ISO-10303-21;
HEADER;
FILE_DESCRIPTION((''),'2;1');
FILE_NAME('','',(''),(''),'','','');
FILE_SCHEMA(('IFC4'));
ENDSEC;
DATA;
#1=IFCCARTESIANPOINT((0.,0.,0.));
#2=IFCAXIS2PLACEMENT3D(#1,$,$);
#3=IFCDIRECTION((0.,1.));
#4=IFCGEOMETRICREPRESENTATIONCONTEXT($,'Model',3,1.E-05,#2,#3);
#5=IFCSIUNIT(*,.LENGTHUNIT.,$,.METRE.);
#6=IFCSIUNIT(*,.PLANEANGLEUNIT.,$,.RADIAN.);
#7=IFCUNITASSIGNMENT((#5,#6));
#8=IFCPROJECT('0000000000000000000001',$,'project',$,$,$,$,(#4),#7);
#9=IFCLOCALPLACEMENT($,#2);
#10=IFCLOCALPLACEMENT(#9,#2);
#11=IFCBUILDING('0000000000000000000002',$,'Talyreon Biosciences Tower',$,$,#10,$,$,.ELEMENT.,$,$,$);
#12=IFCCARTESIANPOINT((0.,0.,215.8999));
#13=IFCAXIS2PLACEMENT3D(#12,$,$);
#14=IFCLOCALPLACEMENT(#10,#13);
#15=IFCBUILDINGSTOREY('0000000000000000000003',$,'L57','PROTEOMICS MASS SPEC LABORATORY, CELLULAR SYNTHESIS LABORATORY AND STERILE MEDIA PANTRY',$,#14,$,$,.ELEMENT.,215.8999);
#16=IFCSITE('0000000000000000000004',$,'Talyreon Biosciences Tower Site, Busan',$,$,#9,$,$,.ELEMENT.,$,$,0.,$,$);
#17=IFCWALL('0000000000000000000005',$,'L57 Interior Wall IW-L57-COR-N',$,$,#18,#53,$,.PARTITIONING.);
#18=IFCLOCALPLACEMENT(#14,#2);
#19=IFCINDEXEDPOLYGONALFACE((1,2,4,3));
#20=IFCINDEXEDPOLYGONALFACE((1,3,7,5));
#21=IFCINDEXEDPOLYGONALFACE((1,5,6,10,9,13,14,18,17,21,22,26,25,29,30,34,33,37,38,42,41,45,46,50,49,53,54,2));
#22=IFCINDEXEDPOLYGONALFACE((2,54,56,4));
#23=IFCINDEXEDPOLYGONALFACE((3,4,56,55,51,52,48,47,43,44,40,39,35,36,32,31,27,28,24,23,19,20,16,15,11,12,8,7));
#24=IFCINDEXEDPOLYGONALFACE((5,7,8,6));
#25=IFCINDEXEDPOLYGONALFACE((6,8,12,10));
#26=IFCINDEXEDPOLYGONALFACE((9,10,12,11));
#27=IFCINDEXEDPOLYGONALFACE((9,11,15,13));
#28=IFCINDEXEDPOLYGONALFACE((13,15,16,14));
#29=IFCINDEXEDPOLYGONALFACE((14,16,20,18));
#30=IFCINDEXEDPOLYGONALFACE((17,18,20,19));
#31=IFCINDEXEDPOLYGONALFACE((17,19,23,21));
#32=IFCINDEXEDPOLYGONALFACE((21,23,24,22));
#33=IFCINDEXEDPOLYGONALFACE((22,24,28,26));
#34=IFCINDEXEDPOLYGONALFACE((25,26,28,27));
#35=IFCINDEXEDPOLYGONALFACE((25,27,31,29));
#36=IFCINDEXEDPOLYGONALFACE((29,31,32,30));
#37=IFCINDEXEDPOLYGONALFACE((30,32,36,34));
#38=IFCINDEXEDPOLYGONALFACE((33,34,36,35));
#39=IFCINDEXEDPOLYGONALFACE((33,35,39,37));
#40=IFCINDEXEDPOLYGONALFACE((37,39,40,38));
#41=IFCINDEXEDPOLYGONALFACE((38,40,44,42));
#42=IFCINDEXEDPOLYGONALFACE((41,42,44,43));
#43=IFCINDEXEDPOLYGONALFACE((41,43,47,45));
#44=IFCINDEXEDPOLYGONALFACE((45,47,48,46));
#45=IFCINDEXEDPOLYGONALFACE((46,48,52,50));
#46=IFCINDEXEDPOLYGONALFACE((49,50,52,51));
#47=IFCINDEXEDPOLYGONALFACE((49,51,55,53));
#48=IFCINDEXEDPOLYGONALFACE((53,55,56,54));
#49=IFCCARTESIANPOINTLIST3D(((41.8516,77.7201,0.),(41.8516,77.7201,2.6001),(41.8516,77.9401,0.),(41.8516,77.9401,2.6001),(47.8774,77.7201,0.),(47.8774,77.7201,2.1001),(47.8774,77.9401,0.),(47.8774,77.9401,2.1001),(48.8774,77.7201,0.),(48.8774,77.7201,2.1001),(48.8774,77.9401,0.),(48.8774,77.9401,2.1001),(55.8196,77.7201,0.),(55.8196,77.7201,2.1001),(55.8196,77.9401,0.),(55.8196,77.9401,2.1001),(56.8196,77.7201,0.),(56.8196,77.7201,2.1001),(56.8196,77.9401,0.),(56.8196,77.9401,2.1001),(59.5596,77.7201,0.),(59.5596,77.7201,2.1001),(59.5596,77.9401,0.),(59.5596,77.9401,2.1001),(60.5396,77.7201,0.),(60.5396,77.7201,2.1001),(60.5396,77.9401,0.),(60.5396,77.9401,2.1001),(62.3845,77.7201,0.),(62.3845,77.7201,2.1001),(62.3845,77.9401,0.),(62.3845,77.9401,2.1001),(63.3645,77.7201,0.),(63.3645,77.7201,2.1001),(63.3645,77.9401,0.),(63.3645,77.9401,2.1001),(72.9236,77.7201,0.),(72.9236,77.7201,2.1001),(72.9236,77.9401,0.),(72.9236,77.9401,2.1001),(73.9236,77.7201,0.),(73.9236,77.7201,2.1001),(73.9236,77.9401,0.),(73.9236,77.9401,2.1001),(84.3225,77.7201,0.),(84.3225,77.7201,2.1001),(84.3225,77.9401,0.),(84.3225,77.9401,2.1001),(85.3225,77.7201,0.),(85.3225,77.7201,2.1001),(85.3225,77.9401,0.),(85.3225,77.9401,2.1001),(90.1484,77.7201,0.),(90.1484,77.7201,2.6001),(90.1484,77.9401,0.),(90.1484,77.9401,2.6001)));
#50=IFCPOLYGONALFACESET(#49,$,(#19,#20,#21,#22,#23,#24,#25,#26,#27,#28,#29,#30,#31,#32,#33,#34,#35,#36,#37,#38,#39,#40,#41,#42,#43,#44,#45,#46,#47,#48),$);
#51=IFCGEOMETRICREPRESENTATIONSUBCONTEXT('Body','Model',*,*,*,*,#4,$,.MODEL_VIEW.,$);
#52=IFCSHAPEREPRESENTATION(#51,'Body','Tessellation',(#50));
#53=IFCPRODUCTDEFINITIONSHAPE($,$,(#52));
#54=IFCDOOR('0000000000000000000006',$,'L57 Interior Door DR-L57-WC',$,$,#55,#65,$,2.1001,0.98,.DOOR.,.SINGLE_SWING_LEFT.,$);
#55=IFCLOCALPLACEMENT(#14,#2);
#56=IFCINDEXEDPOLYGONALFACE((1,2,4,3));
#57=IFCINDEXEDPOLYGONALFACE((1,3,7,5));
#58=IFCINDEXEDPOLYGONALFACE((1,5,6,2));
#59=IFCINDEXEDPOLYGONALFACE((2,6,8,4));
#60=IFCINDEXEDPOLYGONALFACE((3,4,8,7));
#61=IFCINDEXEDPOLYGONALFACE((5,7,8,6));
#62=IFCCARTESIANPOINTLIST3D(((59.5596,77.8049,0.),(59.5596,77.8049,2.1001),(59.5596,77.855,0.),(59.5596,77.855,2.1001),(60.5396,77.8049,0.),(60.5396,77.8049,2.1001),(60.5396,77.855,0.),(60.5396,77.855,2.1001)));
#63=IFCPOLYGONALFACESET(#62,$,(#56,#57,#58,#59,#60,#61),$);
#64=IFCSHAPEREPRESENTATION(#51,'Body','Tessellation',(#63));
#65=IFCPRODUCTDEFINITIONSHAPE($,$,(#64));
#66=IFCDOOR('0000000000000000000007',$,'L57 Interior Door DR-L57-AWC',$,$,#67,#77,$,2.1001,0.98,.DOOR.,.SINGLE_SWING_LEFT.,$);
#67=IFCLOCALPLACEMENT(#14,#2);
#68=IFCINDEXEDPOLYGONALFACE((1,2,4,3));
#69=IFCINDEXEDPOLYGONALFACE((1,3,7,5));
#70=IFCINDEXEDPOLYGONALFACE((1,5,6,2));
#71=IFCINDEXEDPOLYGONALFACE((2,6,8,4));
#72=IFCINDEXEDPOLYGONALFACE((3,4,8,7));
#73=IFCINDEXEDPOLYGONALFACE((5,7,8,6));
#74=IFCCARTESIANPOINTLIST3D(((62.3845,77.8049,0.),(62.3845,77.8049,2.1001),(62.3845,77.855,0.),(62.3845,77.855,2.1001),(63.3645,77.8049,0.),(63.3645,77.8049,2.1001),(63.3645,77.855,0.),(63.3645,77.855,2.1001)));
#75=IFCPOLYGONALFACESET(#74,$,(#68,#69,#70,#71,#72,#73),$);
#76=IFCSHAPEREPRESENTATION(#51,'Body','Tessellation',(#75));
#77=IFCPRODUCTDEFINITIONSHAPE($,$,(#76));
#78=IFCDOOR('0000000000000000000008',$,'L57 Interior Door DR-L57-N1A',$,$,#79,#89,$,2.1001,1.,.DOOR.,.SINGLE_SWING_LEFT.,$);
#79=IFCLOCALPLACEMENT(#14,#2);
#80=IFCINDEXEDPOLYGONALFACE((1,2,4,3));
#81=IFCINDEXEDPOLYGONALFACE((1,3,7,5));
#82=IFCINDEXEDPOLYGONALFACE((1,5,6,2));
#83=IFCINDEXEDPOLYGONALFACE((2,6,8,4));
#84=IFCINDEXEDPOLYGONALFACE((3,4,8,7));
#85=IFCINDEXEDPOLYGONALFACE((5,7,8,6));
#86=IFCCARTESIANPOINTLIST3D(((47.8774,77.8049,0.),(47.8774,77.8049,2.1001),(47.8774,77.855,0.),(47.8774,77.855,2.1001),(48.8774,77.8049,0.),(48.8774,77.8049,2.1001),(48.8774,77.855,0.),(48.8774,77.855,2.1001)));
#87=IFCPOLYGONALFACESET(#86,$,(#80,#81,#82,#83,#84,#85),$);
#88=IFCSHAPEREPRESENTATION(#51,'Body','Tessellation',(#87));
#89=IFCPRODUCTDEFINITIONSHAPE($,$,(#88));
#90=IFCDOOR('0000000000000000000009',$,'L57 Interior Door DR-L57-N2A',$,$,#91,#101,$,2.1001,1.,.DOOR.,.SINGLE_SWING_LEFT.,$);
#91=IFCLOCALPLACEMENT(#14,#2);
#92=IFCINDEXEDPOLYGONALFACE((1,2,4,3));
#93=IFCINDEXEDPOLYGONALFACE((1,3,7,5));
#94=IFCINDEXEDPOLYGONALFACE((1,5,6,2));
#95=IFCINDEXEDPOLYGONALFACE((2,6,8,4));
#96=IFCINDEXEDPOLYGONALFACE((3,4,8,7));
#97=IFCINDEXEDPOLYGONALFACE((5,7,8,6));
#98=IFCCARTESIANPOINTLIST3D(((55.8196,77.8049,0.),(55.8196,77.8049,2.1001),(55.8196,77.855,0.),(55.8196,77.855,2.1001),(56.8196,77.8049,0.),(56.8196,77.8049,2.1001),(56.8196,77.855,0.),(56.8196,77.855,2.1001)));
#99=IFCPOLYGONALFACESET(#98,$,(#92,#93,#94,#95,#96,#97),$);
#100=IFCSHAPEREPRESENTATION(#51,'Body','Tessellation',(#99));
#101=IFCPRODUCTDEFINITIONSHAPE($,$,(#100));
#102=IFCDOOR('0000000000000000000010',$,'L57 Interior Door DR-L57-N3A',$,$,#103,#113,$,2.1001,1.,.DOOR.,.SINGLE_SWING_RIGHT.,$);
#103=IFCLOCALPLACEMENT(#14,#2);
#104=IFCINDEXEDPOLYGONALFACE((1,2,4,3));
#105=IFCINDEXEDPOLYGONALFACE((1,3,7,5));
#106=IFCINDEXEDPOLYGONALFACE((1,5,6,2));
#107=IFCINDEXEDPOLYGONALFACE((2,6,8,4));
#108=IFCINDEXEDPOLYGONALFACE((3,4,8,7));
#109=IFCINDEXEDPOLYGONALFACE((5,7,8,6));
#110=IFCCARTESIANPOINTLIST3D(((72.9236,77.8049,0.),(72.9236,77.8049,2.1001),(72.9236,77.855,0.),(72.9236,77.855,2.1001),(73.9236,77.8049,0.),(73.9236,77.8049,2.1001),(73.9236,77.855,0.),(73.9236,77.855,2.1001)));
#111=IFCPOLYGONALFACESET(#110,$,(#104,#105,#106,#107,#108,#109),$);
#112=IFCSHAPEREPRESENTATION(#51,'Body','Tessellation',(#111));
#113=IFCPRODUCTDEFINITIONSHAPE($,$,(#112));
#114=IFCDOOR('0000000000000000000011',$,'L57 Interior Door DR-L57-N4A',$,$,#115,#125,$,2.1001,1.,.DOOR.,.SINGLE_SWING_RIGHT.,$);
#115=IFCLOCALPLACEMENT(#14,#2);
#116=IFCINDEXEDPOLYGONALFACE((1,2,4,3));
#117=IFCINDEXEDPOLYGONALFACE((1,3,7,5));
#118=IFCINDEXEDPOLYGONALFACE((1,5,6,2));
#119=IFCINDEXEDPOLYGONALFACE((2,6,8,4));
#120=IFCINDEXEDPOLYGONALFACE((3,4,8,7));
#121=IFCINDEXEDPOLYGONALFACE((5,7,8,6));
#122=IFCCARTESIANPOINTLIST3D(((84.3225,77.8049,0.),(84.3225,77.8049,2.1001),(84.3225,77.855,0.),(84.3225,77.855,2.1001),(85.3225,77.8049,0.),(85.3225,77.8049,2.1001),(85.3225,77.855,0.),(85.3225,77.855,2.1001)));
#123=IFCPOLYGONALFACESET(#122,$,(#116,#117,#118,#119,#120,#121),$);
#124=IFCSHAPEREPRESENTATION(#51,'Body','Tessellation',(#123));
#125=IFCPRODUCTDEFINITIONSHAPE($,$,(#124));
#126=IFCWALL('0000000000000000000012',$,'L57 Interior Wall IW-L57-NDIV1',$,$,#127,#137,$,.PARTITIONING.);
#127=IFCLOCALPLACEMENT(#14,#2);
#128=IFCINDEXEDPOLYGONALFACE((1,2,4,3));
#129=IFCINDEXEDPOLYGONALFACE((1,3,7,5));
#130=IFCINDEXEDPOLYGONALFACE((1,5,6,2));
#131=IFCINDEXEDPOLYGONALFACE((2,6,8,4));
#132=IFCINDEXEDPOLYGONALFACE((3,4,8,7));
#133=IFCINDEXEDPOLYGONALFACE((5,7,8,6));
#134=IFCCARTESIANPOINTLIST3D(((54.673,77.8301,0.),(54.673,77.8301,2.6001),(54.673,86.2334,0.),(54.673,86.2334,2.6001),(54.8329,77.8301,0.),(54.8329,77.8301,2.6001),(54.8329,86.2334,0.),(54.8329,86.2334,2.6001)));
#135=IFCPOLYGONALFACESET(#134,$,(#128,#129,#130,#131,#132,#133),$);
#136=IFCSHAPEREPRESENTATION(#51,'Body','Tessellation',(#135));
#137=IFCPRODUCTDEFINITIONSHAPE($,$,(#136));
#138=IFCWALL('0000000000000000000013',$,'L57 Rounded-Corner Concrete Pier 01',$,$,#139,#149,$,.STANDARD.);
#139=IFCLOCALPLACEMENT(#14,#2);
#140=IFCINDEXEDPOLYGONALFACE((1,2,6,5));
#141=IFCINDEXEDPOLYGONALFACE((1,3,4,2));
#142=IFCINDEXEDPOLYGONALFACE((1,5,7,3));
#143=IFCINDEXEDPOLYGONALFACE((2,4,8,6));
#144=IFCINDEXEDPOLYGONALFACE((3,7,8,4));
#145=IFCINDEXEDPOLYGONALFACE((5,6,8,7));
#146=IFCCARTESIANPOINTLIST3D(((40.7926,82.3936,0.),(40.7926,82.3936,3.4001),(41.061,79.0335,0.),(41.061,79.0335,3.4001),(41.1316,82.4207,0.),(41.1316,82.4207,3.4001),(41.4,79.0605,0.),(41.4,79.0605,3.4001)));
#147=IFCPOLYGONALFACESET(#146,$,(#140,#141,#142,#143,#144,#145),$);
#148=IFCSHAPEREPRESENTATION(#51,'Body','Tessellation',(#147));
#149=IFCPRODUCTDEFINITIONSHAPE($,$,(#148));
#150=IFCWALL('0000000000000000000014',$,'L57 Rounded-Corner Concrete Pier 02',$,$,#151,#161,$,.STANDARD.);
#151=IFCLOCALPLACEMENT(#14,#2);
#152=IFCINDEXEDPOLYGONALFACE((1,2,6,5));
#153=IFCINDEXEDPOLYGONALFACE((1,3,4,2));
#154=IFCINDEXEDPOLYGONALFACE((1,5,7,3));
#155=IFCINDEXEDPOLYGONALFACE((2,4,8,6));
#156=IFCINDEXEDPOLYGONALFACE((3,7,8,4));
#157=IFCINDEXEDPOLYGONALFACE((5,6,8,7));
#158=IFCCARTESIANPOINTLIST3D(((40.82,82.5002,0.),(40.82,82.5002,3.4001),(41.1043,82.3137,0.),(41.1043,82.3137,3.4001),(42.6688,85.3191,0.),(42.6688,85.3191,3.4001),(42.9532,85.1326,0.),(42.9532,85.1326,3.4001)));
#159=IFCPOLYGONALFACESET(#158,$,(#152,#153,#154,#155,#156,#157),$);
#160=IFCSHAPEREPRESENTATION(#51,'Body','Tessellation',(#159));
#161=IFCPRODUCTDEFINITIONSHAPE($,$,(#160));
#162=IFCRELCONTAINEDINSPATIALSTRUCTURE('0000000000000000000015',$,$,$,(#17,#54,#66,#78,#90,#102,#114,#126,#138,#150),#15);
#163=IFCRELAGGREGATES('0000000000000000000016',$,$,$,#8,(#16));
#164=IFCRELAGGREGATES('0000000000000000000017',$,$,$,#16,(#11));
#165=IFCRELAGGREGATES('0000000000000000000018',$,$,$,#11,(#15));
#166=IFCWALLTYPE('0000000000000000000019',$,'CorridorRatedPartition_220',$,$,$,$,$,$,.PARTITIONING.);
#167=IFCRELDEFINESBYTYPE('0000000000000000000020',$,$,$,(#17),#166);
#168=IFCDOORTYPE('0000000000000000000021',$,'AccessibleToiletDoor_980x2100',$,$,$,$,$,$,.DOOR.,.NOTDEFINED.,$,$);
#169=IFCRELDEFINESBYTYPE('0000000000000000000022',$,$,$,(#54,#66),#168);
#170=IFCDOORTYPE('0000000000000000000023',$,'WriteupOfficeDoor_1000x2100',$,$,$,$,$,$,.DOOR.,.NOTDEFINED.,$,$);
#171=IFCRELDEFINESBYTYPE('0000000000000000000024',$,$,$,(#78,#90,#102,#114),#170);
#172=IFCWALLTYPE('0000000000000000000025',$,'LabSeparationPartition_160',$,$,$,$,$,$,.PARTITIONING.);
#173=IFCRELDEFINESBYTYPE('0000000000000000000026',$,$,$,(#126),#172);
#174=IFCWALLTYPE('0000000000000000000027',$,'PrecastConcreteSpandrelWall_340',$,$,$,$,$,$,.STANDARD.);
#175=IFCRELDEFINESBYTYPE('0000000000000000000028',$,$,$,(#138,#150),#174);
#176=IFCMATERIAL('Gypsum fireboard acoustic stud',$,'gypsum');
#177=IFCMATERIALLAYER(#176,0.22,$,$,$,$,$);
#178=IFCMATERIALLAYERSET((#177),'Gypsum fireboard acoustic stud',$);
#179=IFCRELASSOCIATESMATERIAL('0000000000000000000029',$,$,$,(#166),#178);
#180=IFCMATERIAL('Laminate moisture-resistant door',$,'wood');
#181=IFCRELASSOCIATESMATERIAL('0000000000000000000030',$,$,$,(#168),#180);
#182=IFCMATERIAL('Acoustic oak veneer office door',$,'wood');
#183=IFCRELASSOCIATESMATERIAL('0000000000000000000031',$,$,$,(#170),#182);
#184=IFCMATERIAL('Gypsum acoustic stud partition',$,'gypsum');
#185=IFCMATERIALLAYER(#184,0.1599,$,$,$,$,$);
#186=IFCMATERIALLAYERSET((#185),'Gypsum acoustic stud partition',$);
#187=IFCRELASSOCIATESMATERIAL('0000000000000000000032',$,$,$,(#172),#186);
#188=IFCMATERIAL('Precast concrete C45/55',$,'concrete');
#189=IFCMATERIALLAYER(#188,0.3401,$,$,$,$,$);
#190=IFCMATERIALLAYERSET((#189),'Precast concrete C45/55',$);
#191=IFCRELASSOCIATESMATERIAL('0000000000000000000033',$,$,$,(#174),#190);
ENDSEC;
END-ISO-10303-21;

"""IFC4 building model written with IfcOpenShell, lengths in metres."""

from ifc_helpers import new_model, si_unit, direction, frame, frame_2d, origin, place, context, subcontext, project, spatial, rectangle, extrude, material, layer, layer_set, type_object, element, fill, save


model = new_model("IFC4")

# Units and contexts
model_context = context("Model", 3, precision=1e-05, world=origin(), true_north=direction((0.0, 1.0)))
body_context = subcontext(model_context, "Body", "Model", "MODEL_VIEW")
ifc_project = project(units=[si_unit("LENGTHUNIT", "METRE"), si_unit("PLANEANGLEUNIT", "RADIAN")], contexts=[model_context])

# Site, building, storey
site_placement = place(None, origin())
site = spatial("IfcSite", under=ifc_project, at=site_placement, Name="Talyreon Biosciences Tower Site, Busan", CompositionType="ELEMENT", RefElevation=0.0)
building_placement = place(site_placement, origin())
building = spatial("IfcBuilding", under=site, at=building_placement, Name="Talyreon Biosciences Tower", CompositionType="ELEMENT")
storey_placement = place(building_placement, frame((0.0, 0.0, 215.8999)))
storey = spatial("IfcBuildingStorey", under=building, at=storey_placement, Name="L57", Description="PROTEOMICS MASS SPEC LABORATORY, CELLULAR SYNTHESIS LABORATORY AND STERILE MEDIA PANTRY", CompositionType="ELEMENT", Elevation=215.8999)

# Shared definitions
ifc_material_1 = material(Name="Precast concrete C45/55", Category="concrete")

# Wall, openings, doors
ifc_material_2 = material(Name="Gypsum fireboard acoustic stud", Category="gypsum")
ifc_layer_1 = layer(ifc_material_2, 0.22)
ifc_layer_set_1 = layer_set([ifc_layer_1], Name="Gypsum fireboard acoustic stud")
wall_type_1 = type_object("IfcWallType", Name="CorridorRatedPartition_220", PredefinedType="PARTITIONING", material=ifc_layer_set_1)
wall_1_placement = place(storey_placement, frame((41.8516, 77.8301, 0.0), z_axis=(0.0, 0.0, 1.0), x_axis=(1.0, 0.0, 0.0)))
wall_1 = element("IfcWall", 1, at=wall_1_placement, inside=storey, type_object=wall_type_1, Name="L57 Interior Wall IW-L57-COR-N", PredefinedType="PARTITIONING", context=body_context, shape_type="SweptSolid", body=[
    extrude(rectangle(XDim=48.2969, YDim=0.22, at=frame_2d((24.1484, 0.0))), origin(), (0.0, 0.0, 1.0), 2.6001),
])
opening_1_placement = place(wall_1_placement, frame((17.708, 0.0, 0.0)))
opening_1 = element("IfcOpeningElement", 2, at=opening_1_placement, cuts=wall_1, PredefinedType="OPENING", context=body_context, shape_type="SweptSolid", body=[
    extrude(rectangle(XDim=0.98, YDim=2.1001, at=frame_2d((0.49, 1.05))), frame((0.0, 0.1199, 0.0), z_axis=(0.0, -1.0, 0.0), x_axis=(1.0, 0.0, 0.0)), (0.0, 0.0, 1.0), 0.24),
])
opening_2_placement = place(wall_1_placement, frame((20.533, 0.0, 0.0)))
opening_2 = element("IfcOpeningElement", 3, at=opening_2_placement, cuts=wall_1, PredefinedType="OPENING", context=body_context, shape_type="SweptSolid", body=[
    extrude(rectangle(XDim=0.98, YDim=2.1001, at=frame_2d((0.49, 1.05))), frame((0.0, 0.1199, 0.0), z_axis=(0.0, -1.0, 0.0), x_axis=(1.0, 0.0, 0.0)), (0.0, 0.0, 1.0), 0.24),
])
opening_3_placement = place(wall_1_placement, frame((6.0259, 0.0, 0.0)))
opening_3 = element("IfcOpeningElement", 4, at=opening_3_placement, cuts=wall_1, PredefinedType="OPENING", context=body_context, shape_type="SweptSolid", body=[
    extrude(rectangle(XDim=1.0, YDim=2.1001, at=frame_2d((0.5, 1.05))), frame((0.0, 0.1199, 0.0), z_axis=(0.0, -1.0, 0.0), x_axis=(1.0, 0.0, 0.0)), (0.0, 0.0, 1.0), 0.24),
])
opening_4_placement = place(wall_1_placement, frame((13.968, 0.0, 0.0)))
opening_4 = element("IfcOpeningElement", 5, at=opening_4_placement, cuts=wall_1, PredefinedType="OPENING", context=body_context, shape_type="SweptSolid", body=[
    extrude(rectangle(XDim=1.0, YDim=2.1001, at=frame_2d((0.5, 1.05))), frame((0.0, 0.1199, 0.0), z_axis=(0.0, -1.0, 0.0), x_axis=(1.0, 0.0, 0.0)), (0.0, 0.0, 1.0), 0.24),
])
opening_5_placement = place(wall_1_placement, frame((31.072, 0.0, 0.0)))
opening_5 = element("IfcOpeningElement", 6, at=opening_5_placement, cuts=wall_1, PredefinedType="OPENING", context=body_context, shape_type="SweptSolid", body=[
    extrude(rectangle(XDim=1.0, YDim=2.1001, at=frame_2d((0.5, 1.05))), frame((0.0, 0.1199, 0.0), z_axis=(0.0, -1.0, 0.0), x_axis=(1.0, 0.0, 0.0)), (0.0, 0.0, 1.0), 0.24),
])
opening_6_placement = place(wall_1_placement, frame((42.4709, 0.0, 0.0)))
opening_6 = element("IfcOpeningElement", 7, at=opening_6_placement, cuts=wall_1, PredefinedType="OPENING", context=body_context, shape_type="SweptSolid", body=[
    extrude(rectangle(XDim=1.0, YDim=2.1001, at=frame_2d((0.5, 1.05))), frame((0.0, 0.1199, 0.0), z_axis=(0.0, -1.0, 0.0), x_axis=(1.0, 0.0, 0.0)), (0.0, 0.0, 1.0), 0.24),
])
ifc_material_3 = material(Name="Laminate moisture-resistant door", Category="wood")
door_type_1 = type_object("IfcDoorType", Name="AccessibleToiletDoor_980x2100", OperationType="NOTDEFINED", PredefinedType="DOOR", material=ifc_material_3)
door_1_placement = place(opening_1_placement, origin())
door_1 = element("IfcDoor", 8, at=door_1_placement, inside=storey, type_object=door_type_1, Name="L57 Interior Door DR-L57-WC", OperationType="SINGLE_SWING_LEFT", OverallHeight=2.1001, OverallWidth=0.98, PredefinedType="DOOR", context=body_context, shape_type="SweptSolid", body=[
    extrude(rectangle(XDim=0.98, YDim=2.1001, at=frame_2d((0.49, 1.05))), frame((0.0, 0.0249, 0.0), z_axis=(0.0, -1.0, 0.0), x_axis=(1.0, 0.0, 0.0)), (0.0, 0.0, 1.0), 0.05),
])
fill(opening_1, door_1)
door_2_placement = place(opening_2_placement, origin())
door_2 = element("IfcDoor", 9, at=door_2_placement, inside=storey, type_object=door_type_1, Name="L57 Interior Door DR-L57-AWC", OperationType="SINGLE_SWING_LEFT", OverallHeight=2.1001, OverallWidth=0.98, PredefinedType="DOOR", context=body_context, shape_type="SweptSolid", body=[
    extrude(rectangle(XDim=0.98, YDim=2.1001, at=frame_2d((0.49, 1.05))), frame((0.0, 0.0249, 0.0), z_axis=(0.0, -1.0, 0.0), x_axis=(1.0, 0.0, 0.0)), (0.0, 0.0, 1.0), 0.05),
])
fill(opening_2, door_2)
ifc_material_4 = material(Name="Acoustic oak veneer office door", Category="wood")
door_type_2 = type_object("IfcDoorType", Name="WriteupOfficeDoor_1000x2100", OperationType="NOTDEFINED", PredefinedType="DOOR", material=ifc_material_4)
door_3_placement = place(opening_3_placement, origin())
door_3 = element("IfcDoor", 10, at=door_3_placement, inside=storey, type_object=door_type_2, Name="L57 Interior Door DR-L57-N1A", OperationType="SINGLE_SWING_LEFT", OverallHeight=2.1001, OverallWidth=1.0, PredefinedType="DOOR", context=body_context, shape_type="SweptSolid", body=[
    extrude(rectangle(XDim=1.0, YDim=2.1001, at=frame_2d((0.5, 1.05))), frame((0.0, 0.0249, 0.0), z_axis=(0.0, -1.0, 0.0), x_axis=(1.0, 0.0, 0.0)), (0.0, 0.0, 1.0), 0.05),
])
fill(opening_3, door_3)
door_4_placement = place(opening_4_placement, origin())
door_4 = element("IfcDoor", 11, at=door_4_placement, inside=storey, type_object=door_type_2, Name="L57 Interior Door DR-L57-N2A", OperationType="SINGLE_SWING_LEFT", OverallHeight=2.1001, OverallWidth=1.0, PredefinedType="DOOR", context=body_context, shape_type="SweptSolid", body=[
    extrude(rectangle(XDim=1.0, YDim=2.1001, at=frame_2d((0.5, 1.05))), frame((0.0, 0.0249, 0.0), z_axis=(0.0, -1.0, 0.0), x_axis=(1.0, 0.0, 0.0)), (0.0, 0.0, 1.0), 0.05),
])
fill(opening_4, door_4)
door_5_placement = place(opening_5_placement, origin())
door_5 = element("IfcDoor", 12, at=door_5_placement, inside=storey, type_object=door_type_2, Name="L57 Interior Door DR-L57-N3A", OperationType="SINGLE_SWING_RIGHT", OverallHeight=2.1001, OverallWidth=1.0, PredefinedType="DOOR", context=body_context, shape_type="SweptSolid", body=[
    extrude(rectangle(XDim=1.0, YDim=2.1001, at=frame_2d((0.5, 1.05))), frame((0.0, 0.0249, 0.0), z_axis=(0.0, -1.0, 0.0), x_axis=(1.0, 0.0, 0.0)), (0.0, 0.0, 1.0), 0.05),
])
fill(opening_5, door_5)
door_6_placement = place(opening_6_placement, origin())
door_6 = element("IfcDoor", 13, at=door_6_placement, inside=storey, type_object=door_type_2, Name="L57 Interior Door DR-L57-N4A", OperationType="SINGLE_SWING_RIGHT", OverallHeight=2.1001, OverallWidth=1.0, PredefinedType="DOOR", context=body_context, shape_type="SweptSolid", body=[
    extrude(rectangle(XDim=1.0, YDim=2.1001, at=frame_2d((0.5, 1.05))), frame((0.0, 0.0249, 0.0), z_axis=(0.0, -1.0, 0.0), x_axis=(1.0, 0.0, 0.0)), (0.0, 0.0, 1.0), 0.05),
])
fill(opening_6, door_6)

# Walls
ifc_material_5 = material(Name="Gypsum acoustic stud partition", Category="gypsum")
ifc_layer_2 = layer(ifc_material_5, 0.1599)
ifc_layer_set_2 = layer_set([ifc_layer_2], Name="Gypsum acoustic stud partition")
wall_type_2 = type_object("IfcWallType", Name="LabSeparationPartition_160", PredefinedType="PARTITIONING", material=ifc_layer_set_2)
wall_2_placement = place(storey_placement, frame((54.7529, 77.8301, 0.0), z_axis=(0.0, 0.0, 1.0), x_axis=(0.0, 1.0, 0.0)))
element("IfcWall", 14, at=wall_2_placement, inside=storey, type_object=wall_type_2, Name="L57 Interior Wall IW-L57-NDIV1", PredefinedType="PARTITIONING", context=body_context, shape_type="SweptSolid", body=[
    extrude(rectangle(XDim=8.4033, YDim=0.1599, at=frame_2d((4.2017, 0.0))), origin(), (0.0, 0.0, 1.0), 2.6001),
])
ifc_layer_3 = layer(ifc_material_1, 0.3401)
ifc_layer_set_3 = layer_set([ifc_layer_3], Name="Precast concrete C45/55")
wall_type_3 = type_object("IfcWallType", Name="PrecastConcreteSpandrelWall_340", PredefinedType="STANDARD", material=ifc_layer_set_3)
wall_3_placement = place(storey_placement, frame((41.2305, 79.0469, 0.0), z_axis=(0.0, 0.0, 1.0), x_axis=(-0.079598, 0.996827, 0.0)))
element("IfcWall", 15, at=wall_3_placement, inside=storey, type_object=wall_type_3, Name="L57 Rounded-Corner Concrete Pier 01", PredefinedType="STANDARD", context=body_context, shape_type="SweptSolid", body=[
    extrude(rectangle(XDim=3.3708, YDim=0.3401, at=frame_2d((1.6855, 0.0))), origin(), (0.0, 0.0, 1.0), 3.4001),
])
wall_4_placement = place(storey_placement, frame((40.9622, 82.407, 0.0), z_axis=(0.0, 0.0, 1.0), x_axis=(0.548451, 0.836183, 0.0)))
element("IfcWall", 16, at=wall_4_placement, inside=storey, type_object=wall_type_3, Name="L57 Rounded-Corner Concrete Pier 02", PredefinedType="STANDARD", context=body_context, shape_type="SweptSolid", body=[
    extrude(rectangle(XDim=3.3711, YDim=0.3401, at=frame_2d((1.6855, 0.0))), origin(), (0.0, 0.0, 1.0), 3.4001),
])

save(model, "model.ifc")
